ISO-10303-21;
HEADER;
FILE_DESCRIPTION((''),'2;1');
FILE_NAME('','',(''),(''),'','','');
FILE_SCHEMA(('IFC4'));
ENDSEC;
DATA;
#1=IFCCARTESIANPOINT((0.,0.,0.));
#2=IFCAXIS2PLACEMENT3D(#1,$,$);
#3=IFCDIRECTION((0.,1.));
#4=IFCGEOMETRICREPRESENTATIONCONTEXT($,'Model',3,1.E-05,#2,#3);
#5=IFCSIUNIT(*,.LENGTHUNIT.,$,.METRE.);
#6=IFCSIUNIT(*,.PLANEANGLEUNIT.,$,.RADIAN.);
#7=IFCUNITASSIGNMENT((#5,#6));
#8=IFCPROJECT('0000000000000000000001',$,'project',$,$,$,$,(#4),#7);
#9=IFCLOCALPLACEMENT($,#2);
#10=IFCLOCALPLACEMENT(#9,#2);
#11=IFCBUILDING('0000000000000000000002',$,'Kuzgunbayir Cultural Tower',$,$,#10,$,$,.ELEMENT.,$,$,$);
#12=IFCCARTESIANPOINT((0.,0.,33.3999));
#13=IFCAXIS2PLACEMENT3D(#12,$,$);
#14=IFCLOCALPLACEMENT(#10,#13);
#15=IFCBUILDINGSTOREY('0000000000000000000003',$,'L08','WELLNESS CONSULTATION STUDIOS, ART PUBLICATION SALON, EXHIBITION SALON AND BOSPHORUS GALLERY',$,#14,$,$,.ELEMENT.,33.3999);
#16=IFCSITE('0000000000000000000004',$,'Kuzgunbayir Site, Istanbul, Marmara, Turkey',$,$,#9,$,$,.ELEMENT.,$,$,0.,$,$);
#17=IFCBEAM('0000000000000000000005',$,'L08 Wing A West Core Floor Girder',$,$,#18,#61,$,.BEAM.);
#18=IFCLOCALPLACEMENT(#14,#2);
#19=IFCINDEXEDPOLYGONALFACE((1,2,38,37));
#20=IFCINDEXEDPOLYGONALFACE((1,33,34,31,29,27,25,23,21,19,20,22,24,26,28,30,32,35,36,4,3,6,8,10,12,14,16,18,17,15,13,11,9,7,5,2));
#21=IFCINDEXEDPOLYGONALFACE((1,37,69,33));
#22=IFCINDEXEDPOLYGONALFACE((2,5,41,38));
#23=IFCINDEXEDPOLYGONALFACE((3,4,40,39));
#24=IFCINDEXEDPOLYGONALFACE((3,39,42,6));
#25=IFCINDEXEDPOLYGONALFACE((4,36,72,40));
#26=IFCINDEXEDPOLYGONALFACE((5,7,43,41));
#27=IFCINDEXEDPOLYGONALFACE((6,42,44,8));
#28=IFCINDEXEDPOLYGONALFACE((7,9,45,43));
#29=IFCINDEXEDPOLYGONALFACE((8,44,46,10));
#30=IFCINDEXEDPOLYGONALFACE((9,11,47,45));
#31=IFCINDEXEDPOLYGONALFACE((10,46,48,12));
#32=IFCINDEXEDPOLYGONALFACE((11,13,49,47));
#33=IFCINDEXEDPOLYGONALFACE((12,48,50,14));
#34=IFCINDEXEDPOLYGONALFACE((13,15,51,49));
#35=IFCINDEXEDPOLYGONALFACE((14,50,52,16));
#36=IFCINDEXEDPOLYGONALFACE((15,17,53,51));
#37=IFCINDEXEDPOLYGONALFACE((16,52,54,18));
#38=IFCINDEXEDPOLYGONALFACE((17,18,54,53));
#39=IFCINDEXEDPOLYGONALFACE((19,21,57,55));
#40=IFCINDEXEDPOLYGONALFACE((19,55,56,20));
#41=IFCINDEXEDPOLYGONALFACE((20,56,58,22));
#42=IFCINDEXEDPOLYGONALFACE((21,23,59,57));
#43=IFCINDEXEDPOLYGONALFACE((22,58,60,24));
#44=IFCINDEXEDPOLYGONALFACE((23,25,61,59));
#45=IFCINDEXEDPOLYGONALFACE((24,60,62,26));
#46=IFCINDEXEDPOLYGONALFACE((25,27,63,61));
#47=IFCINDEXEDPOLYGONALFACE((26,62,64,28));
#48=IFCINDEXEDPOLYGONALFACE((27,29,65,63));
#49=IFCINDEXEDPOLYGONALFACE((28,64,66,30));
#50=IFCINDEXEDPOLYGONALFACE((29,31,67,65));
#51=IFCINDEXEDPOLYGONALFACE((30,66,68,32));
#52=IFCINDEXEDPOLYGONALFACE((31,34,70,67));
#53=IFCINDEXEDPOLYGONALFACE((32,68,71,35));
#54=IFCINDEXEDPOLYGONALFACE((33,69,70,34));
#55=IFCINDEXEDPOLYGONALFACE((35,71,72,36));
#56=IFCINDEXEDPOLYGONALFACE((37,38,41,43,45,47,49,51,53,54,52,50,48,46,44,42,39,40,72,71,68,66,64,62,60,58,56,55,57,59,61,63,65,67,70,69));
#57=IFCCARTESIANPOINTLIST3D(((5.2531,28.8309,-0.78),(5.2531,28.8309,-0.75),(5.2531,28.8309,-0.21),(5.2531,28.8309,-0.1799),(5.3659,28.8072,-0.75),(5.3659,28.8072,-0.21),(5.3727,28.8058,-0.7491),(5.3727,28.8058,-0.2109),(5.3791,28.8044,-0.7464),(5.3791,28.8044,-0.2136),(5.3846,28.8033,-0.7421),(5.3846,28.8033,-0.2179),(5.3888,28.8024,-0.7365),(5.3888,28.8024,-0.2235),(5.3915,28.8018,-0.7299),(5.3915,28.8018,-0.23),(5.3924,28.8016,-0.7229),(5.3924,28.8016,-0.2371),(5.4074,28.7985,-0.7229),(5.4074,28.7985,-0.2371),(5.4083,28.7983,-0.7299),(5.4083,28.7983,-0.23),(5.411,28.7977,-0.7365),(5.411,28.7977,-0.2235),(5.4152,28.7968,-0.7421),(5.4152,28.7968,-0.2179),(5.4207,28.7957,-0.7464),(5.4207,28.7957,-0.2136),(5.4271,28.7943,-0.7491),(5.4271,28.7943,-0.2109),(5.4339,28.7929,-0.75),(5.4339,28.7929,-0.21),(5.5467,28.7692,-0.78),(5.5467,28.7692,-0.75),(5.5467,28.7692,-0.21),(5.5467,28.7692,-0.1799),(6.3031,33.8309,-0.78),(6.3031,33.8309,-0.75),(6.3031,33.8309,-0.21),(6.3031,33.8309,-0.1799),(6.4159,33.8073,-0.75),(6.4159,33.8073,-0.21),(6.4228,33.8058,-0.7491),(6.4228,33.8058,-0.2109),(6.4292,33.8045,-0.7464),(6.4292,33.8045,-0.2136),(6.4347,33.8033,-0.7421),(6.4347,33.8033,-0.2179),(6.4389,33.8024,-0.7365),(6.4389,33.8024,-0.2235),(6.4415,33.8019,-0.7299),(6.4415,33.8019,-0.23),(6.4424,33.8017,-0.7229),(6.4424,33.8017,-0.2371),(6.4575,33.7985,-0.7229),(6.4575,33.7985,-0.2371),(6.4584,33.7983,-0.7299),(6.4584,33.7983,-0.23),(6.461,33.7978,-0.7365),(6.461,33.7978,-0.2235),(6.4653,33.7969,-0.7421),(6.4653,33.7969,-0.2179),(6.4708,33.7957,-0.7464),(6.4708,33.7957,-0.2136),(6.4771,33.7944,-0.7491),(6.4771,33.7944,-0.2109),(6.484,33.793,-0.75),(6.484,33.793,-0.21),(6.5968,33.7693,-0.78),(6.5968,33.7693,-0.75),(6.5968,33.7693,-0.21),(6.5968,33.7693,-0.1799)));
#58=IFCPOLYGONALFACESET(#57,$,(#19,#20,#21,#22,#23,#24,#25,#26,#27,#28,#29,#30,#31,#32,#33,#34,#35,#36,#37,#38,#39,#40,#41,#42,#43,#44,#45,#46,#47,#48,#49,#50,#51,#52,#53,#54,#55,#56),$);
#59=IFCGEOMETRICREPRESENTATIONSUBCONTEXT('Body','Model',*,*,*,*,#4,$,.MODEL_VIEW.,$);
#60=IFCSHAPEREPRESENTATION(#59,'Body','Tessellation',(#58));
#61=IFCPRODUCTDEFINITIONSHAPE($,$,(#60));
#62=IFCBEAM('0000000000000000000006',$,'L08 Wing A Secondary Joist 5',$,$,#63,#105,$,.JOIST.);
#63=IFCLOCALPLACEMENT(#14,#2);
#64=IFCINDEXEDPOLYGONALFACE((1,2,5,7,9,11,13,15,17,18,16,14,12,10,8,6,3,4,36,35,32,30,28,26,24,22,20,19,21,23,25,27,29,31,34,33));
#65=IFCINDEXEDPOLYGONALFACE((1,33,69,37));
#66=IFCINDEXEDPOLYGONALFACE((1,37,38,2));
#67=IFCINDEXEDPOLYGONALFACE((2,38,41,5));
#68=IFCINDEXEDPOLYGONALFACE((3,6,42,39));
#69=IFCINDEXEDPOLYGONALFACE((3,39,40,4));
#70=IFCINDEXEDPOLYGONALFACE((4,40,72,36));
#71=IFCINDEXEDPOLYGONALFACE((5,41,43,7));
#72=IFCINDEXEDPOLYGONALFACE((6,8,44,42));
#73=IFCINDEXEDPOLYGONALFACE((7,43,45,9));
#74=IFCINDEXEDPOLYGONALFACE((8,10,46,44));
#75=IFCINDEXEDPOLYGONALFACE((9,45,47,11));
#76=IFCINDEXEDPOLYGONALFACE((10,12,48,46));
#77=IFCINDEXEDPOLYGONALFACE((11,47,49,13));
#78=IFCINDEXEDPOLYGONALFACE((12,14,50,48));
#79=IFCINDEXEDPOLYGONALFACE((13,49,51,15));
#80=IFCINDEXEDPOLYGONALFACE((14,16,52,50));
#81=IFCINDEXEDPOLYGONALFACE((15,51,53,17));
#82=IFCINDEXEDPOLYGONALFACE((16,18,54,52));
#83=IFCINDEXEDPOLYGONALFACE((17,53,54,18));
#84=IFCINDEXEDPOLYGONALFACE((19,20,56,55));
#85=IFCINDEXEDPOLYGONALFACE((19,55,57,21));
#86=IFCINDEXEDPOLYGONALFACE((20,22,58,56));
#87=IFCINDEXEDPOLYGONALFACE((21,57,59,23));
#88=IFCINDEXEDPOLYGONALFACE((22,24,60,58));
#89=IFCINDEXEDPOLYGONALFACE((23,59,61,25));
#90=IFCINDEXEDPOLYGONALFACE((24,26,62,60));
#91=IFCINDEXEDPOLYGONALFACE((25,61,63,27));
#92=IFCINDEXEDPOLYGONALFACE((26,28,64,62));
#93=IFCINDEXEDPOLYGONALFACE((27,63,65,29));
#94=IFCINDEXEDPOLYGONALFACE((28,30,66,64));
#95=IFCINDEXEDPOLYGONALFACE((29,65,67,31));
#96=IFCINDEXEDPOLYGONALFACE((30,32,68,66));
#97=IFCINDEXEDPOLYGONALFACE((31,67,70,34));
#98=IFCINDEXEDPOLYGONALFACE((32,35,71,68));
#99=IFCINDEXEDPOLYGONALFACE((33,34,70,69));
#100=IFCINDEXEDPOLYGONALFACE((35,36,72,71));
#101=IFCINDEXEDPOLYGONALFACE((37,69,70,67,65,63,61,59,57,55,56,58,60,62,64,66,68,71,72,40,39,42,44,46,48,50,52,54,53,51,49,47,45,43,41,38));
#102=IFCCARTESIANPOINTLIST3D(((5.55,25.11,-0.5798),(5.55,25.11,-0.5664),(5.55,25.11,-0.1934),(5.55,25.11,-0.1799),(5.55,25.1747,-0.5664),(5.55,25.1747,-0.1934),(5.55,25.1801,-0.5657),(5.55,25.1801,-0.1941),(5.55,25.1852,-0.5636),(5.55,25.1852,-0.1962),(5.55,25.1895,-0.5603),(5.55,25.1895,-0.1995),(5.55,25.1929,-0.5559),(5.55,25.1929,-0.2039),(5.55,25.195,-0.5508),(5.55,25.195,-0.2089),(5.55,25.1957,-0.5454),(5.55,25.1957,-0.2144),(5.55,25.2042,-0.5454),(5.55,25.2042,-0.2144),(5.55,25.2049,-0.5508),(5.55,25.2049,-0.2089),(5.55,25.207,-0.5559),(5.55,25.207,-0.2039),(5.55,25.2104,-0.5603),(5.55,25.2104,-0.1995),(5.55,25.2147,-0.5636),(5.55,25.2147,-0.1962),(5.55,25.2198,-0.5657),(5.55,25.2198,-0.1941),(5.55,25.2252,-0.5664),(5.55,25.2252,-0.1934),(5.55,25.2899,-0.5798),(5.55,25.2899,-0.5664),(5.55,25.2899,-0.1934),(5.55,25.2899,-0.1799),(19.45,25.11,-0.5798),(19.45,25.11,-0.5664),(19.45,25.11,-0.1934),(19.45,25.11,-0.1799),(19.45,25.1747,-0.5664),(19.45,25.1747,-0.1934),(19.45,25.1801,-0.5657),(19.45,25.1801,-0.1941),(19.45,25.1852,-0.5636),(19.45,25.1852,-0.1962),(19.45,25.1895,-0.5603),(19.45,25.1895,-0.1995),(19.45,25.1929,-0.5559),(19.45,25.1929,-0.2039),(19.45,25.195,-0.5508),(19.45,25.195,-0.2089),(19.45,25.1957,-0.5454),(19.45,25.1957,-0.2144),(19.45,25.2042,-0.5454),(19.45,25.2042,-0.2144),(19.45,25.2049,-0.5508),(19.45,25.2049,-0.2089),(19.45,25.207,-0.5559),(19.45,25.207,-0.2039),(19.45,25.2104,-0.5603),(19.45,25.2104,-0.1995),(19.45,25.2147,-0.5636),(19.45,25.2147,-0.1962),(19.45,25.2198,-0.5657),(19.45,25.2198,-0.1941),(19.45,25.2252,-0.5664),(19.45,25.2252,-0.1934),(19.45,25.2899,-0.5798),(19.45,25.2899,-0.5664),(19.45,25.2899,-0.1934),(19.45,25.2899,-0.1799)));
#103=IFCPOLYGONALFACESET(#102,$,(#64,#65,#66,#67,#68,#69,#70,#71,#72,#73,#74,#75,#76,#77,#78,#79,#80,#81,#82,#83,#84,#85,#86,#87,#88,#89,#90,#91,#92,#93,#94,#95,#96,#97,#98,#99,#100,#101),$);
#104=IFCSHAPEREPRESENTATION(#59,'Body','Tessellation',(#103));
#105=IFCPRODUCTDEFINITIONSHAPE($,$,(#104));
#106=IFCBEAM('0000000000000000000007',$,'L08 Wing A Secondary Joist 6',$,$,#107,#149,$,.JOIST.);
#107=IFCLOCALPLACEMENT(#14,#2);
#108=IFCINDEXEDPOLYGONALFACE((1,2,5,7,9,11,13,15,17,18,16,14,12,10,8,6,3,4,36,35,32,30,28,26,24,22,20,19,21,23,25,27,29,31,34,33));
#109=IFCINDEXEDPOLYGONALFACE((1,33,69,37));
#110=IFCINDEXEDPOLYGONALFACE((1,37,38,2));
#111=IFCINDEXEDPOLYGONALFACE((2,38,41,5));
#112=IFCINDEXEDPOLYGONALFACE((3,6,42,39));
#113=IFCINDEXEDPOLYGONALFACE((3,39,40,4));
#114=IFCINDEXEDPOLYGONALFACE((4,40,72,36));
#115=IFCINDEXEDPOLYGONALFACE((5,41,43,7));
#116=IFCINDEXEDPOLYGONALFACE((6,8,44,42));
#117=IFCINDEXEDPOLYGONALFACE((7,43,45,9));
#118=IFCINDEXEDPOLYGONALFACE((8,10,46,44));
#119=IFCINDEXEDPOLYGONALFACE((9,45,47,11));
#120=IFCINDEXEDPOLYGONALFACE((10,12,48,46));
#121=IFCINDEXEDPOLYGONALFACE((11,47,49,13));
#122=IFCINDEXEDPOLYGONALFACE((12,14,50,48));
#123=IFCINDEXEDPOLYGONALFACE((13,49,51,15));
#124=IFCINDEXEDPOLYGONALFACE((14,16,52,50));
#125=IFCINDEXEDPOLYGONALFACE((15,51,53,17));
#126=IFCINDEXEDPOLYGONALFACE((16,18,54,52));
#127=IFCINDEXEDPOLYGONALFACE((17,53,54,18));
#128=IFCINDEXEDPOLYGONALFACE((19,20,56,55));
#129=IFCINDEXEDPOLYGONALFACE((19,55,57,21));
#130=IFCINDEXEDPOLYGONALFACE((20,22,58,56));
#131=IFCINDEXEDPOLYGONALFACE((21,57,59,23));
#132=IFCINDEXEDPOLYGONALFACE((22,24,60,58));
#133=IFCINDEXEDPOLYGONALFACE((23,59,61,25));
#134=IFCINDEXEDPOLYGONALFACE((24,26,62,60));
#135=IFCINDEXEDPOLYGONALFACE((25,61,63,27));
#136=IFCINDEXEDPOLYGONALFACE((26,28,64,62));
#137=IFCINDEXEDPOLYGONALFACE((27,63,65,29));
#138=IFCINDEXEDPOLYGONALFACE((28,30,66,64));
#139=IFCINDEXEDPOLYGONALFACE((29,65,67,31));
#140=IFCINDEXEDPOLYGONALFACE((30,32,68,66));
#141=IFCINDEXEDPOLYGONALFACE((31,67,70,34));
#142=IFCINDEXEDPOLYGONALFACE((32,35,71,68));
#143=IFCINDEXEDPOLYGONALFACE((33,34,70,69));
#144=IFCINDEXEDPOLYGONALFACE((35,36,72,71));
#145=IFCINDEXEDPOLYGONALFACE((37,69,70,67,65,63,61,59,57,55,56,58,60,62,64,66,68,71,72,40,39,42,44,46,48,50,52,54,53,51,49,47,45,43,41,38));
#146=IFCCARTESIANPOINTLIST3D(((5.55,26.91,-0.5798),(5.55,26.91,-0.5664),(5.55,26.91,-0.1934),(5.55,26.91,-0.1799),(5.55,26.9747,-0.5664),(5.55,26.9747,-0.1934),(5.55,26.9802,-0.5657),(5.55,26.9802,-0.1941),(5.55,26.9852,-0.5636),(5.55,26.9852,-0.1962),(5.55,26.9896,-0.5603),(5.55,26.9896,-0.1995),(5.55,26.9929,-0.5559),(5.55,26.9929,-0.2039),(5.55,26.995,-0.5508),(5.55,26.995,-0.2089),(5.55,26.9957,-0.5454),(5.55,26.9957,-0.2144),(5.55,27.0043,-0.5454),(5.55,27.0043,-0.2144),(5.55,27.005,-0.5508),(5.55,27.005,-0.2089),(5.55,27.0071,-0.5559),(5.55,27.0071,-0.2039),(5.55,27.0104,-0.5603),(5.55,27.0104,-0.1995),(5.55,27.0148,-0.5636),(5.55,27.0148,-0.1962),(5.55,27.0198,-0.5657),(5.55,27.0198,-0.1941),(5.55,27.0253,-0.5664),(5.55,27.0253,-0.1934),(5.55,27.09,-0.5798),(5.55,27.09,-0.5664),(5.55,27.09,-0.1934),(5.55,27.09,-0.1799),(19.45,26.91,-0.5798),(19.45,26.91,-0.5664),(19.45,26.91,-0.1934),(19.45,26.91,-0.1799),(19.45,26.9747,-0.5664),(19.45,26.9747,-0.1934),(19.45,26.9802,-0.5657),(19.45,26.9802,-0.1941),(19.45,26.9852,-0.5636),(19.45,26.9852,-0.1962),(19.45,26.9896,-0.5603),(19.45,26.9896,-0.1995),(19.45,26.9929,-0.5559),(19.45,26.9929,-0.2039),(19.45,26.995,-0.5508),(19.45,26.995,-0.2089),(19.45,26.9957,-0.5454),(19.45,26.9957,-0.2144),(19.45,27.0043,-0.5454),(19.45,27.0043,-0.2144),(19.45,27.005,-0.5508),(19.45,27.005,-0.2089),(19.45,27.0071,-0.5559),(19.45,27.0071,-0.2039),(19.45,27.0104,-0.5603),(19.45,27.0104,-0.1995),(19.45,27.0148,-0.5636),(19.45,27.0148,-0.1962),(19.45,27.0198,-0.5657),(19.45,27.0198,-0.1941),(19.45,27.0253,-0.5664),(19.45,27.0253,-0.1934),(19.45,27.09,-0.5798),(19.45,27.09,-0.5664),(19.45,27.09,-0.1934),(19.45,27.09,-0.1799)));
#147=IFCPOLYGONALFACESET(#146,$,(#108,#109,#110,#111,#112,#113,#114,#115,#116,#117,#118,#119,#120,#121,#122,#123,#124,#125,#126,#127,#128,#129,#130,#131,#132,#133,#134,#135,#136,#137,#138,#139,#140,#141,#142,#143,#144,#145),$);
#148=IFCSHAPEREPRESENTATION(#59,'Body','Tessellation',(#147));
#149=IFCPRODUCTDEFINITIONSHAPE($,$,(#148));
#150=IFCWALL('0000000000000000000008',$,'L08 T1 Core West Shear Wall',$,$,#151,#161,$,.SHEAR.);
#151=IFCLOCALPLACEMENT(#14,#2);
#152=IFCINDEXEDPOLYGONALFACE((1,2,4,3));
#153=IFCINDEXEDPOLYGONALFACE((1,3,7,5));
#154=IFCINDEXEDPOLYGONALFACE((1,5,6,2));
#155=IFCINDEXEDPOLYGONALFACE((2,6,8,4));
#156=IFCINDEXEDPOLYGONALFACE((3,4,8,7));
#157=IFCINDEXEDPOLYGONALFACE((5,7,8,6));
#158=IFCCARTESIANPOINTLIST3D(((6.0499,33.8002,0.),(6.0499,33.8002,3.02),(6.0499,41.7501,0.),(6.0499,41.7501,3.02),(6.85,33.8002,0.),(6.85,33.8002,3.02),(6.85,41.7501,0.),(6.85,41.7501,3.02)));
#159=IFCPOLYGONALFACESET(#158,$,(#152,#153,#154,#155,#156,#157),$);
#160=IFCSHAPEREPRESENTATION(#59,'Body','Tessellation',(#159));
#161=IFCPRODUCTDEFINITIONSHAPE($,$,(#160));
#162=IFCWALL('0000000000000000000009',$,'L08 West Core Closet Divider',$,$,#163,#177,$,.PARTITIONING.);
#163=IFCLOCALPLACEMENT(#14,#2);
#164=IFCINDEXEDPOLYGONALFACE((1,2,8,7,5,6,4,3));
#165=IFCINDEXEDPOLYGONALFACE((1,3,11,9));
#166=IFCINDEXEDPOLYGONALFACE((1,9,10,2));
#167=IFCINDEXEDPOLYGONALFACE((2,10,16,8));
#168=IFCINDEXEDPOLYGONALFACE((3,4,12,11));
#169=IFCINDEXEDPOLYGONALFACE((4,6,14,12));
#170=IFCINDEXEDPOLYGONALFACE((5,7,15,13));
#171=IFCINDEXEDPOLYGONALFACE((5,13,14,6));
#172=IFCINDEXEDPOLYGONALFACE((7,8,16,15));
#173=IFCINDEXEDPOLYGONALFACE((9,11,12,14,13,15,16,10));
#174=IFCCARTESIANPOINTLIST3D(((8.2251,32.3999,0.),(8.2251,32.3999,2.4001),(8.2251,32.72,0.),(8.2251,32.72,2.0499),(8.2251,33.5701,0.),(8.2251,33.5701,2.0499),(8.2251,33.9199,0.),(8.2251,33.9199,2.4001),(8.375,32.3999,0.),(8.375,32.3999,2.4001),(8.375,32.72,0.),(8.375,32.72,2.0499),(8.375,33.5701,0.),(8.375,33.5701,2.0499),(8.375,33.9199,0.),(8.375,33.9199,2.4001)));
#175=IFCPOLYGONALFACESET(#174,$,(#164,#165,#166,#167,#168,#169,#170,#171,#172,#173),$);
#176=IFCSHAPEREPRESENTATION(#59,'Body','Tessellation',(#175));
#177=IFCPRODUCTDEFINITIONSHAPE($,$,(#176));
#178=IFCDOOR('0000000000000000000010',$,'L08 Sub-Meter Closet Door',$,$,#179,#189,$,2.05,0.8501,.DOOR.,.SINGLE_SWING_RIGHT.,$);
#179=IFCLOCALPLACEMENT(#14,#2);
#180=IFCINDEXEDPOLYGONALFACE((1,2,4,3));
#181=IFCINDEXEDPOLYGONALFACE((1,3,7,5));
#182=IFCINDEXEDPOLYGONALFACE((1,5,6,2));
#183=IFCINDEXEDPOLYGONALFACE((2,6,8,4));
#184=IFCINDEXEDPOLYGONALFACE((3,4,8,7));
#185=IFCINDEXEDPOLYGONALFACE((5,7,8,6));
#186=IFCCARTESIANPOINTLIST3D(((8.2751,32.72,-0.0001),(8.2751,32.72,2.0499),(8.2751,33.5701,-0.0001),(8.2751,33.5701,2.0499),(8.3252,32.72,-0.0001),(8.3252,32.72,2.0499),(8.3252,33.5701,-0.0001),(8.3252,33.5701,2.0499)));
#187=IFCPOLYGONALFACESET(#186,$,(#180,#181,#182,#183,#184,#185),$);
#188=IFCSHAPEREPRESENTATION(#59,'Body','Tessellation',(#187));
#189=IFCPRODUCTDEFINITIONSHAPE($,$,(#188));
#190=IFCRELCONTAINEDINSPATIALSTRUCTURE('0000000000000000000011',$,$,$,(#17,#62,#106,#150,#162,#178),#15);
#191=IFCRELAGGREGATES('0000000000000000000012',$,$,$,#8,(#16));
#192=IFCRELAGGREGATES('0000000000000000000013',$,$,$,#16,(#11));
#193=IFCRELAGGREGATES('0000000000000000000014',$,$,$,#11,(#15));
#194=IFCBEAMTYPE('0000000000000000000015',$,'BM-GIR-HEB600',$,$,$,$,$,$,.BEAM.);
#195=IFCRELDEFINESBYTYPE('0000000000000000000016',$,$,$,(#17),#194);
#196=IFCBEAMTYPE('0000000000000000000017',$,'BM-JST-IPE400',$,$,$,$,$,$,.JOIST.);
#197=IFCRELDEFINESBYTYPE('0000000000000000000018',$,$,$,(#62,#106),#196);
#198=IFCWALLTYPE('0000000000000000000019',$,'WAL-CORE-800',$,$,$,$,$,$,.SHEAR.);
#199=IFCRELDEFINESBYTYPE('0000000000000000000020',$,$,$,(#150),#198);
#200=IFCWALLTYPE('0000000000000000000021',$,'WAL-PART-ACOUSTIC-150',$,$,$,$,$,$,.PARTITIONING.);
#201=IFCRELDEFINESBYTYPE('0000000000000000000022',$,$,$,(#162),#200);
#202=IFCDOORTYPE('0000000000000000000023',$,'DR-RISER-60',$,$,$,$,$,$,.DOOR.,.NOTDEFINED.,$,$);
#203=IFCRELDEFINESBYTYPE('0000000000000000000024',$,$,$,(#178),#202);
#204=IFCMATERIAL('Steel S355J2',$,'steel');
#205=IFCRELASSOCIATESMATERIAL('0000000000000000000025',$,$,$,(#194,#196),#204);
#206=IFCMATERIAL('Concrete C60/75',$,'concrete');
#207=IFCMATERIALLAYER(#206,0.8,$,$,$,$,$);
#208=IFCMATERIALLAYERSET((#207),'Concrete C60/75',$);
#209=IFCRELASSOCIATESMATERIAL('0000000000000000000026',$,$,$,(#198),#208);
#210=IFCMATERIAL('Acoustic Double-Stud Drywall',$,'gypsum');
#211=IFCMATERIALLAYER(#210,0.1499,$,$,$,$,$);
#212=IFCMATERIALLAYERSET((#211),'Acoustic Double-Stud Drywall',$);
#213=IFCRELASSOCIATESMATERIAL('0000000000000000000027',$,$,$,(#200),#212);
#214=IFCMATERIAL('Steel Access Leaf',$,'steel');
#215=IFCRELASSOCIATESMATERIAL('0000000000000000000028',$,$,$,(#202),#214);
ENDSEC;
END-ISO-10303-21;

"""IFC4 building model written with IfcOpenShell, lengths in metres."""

from ifc_helpers import new_model, si_unit, direction, frame, frame_2d, origin, origin_2d, place, context, subcontext, project, spatial, rectangle, i_section, extrude, material, layer, layer_set, material_profile, profile_set, type_object, element, fill, save


model = new_model("IFC4")

# Units and contexts
model_context = context("Model", 3, precision=1e-05, world=origin(), true_north=direction((0.0, 1.0)))
body_context = subcontext(model_context, "Body", "Model", "MODEL_VIEW")
ifc_project = project(units=[si_unit("LENGTHUNIT", "METRE"), si_unit("PLANEANGLEUNIT", "RADIAN")], contexts=[model_context])

# Site, building, storey
site_placement = place(None, origin())
site = spatial("IfcSite", under=ifc_project, at=site_placement, Name="Kuzgunbayir Site, Istanbul, Marmara, Turkey", CompositionType="ELEMENT", RefElevation=0.0)
building_placement = place(site_placement, origin())
building = spatial("IfcBuilding", under=site, at=building_placement, Name="Kuzgunbayir Cultural Tower", CompositionType="ELEMENT")
storey_placement = place(building_placement, frame((0.0, 0.0, 33.3999)))
storey = spatial("IfcBuildingStorey", under=building, at=storey_placement, Name="L08", Description="WELLNESS CONSULTATION STUDIOS, ART PUBLICATION SALON, EXHIBITION SALON AND BOSPHORUS GALLERY", CompositionType="ELEMENT", Elevation=33.3999)

# Shared definitions
ifc_material_1 = material(Name="Concrete C60/75", Category="concrete")

# Beams
ifc_material_2 = material(Name="Steel S355J2", Category="steel")
ifc_material_profile_1 = material_profile(ifc_material_2, i_section(OverallWidth=0.3, OverallDepth=0.6001, WebThickness=0.0154, FlangeThickness=0.03, FilletRadius=0.0271, at=origin_2d()), Name="HEB 600")
ifc_profile_set_1 = profile_set([ifc_material_profile_1], Name="Steel S355J2")
beam_type_1 = type_object("IfcBeamType", Name="BM-GIR-HEB600", PredefinedType="BEAM", material=ifc_profile_set_1)
beam_1_placement = place(storey_placement, frame((5.3999, 28.8, -0.48), z_axis=(0.205526, 0.978652, 0.0), x_axis=(-0.978652, 0.205526, 0.0)))
element("IfcBeam", 1, at=beam_1_placement, inside=storey, type_object=beam_type_1, Name="L08 Wing A West Core Floor Girder", PredefinedType="BEAM", context=body_context, shape_type="SweptSolid", body=[
    extrude(i_section(OverallWidth=0.3, OverallDepth=0.6001, WebThickness=0.0154, FlangeThickness=0.03, FilletRadius=0.0271, at=origin_2d()), origin(), (0.0, 0.0, 1.0), 5.1091),
])
ifc_material_profile_2 = material_profile(ifc_material_2, i_section(OverallWidth=0.1799, OverallDepth=0.3999, WebThickness=0.0085, FlangeThickness=0.0134, FilletRadius=0.021, at=origin_2d()), Name="IPE 400")
ifc_profile_set_2 = profile_set([ifc_material_profile_2], Name="Steel S355J2")
beam_type_2 = type_object("IfcBeamType", Name="BM-JST-IPE400", PredefinedType="JOIST", material=ifc_profile_set_2)
for number, where, z_axis, x_axis, name in (
    (2, (5.55, 25.2, -0.3799), (1.0, 0.0, 0.0), (0.0, 1.0, 0.0), "L08 Wing A Secondary Joist 5"),
    (3, (5.55, 27.0, -0.3799), (1.0, 0.0, 0.0), (0.0, 1.0, 0.0), "L08 Wing A Secondary Joist 6"),
):
    element("IfcBeam", number, at=place(storey_placement, frame(where, z_axis=z_axis, x_axis=x_axis)), inside=storey, type_object=beam_type_2, Name=name, PredefinedType="JOIST", context=body_context, shape_type="SweptSolid", body=[
        extrude(i_section(OverallWidth=0.1799, OverallDepth=0.3999, WebThickness=0.0085, FlangeThickness=0.0134, FilletRadius=0.021, at=origin_2d()), origin(), (0.0, 0.0, 1.0), 13.8999),
    ])

# Wall
ifc_layer_1 = layer(ifc_material_1, 0.8)
ifc_layer_set_1 = layer_set([ifc_layer_1], Name="Concrete C60/75")
wall_type_1 = type_object("IfcWallType", Name="WAL-CORE-800", PredefinedType="SHEAR", material=ifc_layer_set_1)
wall_1_placement = place(storey_placement, frame((6.45, 33.8, 0.0), z_axis=(0.0, 0.0, 1.0), x_axis=(0.0, 1.0, 0.0)))
element("IfcWall", 4, at=wall_1_placement, inside=storey, type_object=wall_type_1, Name="L08 T1 Core West Shear Wall", PredefinedType="SHEAR", context=body_context, shape_type="SweptSolid", body=[
    extrude(rectangle(XDim=7.95, YDim=0.8, at=frame_2d((3.9751, 0.0))), origin(), (0.0, 0.0, 1.0), 3.02),
])

# Wall, opening, door
ifc_material_3 = material(Name="Acoustic Double-Stud Drywall", Category="gypsum")
ifc_layer_2 = layer(ifc_material_3, 0.1499)
ifc_layer_set_2 = layer_set([ifc_layer_2], Name="Acoustic Double-Stud Drywall")
wall_type_2 = type_object("IfcWallType", Name="WAL-PART-ACOUSTIC-150", PredefinedType="PARTITIONING", material=ifc_layer_set_2)
wall_2_placement = place(storey_placement, frame((8.3, 32.3999, 0.0), z_axis=(0.0, 0.0, 1.0), x_axis=(0.0, 1.0, 0.0)))
wall_2 = element("IfcWall", 5, at=wall_2_placement, inside=storey, type_object=wall_type_2, Name="L08 West Core Closet Divider", PredefinedType="PARTITIONING", context=body_context, shape_type="SweptSolid", body=[
    extrude(rectangle(XDim=1.52, YDim=0.1499, at=frame_2d((0.76, 0.0))), origin(), (0.0, 0.0, 1.0), 2.4001),
])
opening_placement = place(wall_2_placement, frame((0.3201, 0.0, 0.0)))
opening = element("IfcOpeningElement", 6, at=opening_placement, cuts=wall_2, PredefinedType="OPENING", context=body_context, shape_type="SweptSolid", body=[
    extrude(rectangle(XDim=0.8501, YDim=2.05, at=frame_2d((0.425, 1.0249))), frame((0.0, 0.085, 0.0), z_axis=(0.0, -1.0, 0.0), x_axis=(1.0, 0.0, 0.0)), (0.0, 0.0, 1.0), 0.1699),
])
ifc_material_4 = material(Name="Steel Access Leaf", Category="steel")
door_type = type_object("IfcDoorType", Name="DR-RISER-60", OperationType="NOTDEFINED", PredefinedType="DOOR", material=ifc_material_4)
door_placement = place(opening_placement, origin())
door = element("IfcDoor", 7, at=door_placement, inside=storey, type_object=door_type, Name="L08 Sub-Meter Closet Door", OperationType="SINGLE_SWING_RIGHT", OverallHeight=2.05, OverallWidth=0.8501, PredefinedType="DOOR", context=body_context, shape_type="SweptSolid", body=[
    extrude(rectangle(XDim=0.8501, YDim=2.05, at=frame_2d((0.425, 1.0249))), frame((0.0, 0.0249, 0.0), z_axis=(0.0, -1.0, 0.0), x_axis=(1.0, 0.0, 0.0)), (0.0, 0.0, 1.0), 0.05),
])
fill(opening, door)

save(model, "model.ifc")
